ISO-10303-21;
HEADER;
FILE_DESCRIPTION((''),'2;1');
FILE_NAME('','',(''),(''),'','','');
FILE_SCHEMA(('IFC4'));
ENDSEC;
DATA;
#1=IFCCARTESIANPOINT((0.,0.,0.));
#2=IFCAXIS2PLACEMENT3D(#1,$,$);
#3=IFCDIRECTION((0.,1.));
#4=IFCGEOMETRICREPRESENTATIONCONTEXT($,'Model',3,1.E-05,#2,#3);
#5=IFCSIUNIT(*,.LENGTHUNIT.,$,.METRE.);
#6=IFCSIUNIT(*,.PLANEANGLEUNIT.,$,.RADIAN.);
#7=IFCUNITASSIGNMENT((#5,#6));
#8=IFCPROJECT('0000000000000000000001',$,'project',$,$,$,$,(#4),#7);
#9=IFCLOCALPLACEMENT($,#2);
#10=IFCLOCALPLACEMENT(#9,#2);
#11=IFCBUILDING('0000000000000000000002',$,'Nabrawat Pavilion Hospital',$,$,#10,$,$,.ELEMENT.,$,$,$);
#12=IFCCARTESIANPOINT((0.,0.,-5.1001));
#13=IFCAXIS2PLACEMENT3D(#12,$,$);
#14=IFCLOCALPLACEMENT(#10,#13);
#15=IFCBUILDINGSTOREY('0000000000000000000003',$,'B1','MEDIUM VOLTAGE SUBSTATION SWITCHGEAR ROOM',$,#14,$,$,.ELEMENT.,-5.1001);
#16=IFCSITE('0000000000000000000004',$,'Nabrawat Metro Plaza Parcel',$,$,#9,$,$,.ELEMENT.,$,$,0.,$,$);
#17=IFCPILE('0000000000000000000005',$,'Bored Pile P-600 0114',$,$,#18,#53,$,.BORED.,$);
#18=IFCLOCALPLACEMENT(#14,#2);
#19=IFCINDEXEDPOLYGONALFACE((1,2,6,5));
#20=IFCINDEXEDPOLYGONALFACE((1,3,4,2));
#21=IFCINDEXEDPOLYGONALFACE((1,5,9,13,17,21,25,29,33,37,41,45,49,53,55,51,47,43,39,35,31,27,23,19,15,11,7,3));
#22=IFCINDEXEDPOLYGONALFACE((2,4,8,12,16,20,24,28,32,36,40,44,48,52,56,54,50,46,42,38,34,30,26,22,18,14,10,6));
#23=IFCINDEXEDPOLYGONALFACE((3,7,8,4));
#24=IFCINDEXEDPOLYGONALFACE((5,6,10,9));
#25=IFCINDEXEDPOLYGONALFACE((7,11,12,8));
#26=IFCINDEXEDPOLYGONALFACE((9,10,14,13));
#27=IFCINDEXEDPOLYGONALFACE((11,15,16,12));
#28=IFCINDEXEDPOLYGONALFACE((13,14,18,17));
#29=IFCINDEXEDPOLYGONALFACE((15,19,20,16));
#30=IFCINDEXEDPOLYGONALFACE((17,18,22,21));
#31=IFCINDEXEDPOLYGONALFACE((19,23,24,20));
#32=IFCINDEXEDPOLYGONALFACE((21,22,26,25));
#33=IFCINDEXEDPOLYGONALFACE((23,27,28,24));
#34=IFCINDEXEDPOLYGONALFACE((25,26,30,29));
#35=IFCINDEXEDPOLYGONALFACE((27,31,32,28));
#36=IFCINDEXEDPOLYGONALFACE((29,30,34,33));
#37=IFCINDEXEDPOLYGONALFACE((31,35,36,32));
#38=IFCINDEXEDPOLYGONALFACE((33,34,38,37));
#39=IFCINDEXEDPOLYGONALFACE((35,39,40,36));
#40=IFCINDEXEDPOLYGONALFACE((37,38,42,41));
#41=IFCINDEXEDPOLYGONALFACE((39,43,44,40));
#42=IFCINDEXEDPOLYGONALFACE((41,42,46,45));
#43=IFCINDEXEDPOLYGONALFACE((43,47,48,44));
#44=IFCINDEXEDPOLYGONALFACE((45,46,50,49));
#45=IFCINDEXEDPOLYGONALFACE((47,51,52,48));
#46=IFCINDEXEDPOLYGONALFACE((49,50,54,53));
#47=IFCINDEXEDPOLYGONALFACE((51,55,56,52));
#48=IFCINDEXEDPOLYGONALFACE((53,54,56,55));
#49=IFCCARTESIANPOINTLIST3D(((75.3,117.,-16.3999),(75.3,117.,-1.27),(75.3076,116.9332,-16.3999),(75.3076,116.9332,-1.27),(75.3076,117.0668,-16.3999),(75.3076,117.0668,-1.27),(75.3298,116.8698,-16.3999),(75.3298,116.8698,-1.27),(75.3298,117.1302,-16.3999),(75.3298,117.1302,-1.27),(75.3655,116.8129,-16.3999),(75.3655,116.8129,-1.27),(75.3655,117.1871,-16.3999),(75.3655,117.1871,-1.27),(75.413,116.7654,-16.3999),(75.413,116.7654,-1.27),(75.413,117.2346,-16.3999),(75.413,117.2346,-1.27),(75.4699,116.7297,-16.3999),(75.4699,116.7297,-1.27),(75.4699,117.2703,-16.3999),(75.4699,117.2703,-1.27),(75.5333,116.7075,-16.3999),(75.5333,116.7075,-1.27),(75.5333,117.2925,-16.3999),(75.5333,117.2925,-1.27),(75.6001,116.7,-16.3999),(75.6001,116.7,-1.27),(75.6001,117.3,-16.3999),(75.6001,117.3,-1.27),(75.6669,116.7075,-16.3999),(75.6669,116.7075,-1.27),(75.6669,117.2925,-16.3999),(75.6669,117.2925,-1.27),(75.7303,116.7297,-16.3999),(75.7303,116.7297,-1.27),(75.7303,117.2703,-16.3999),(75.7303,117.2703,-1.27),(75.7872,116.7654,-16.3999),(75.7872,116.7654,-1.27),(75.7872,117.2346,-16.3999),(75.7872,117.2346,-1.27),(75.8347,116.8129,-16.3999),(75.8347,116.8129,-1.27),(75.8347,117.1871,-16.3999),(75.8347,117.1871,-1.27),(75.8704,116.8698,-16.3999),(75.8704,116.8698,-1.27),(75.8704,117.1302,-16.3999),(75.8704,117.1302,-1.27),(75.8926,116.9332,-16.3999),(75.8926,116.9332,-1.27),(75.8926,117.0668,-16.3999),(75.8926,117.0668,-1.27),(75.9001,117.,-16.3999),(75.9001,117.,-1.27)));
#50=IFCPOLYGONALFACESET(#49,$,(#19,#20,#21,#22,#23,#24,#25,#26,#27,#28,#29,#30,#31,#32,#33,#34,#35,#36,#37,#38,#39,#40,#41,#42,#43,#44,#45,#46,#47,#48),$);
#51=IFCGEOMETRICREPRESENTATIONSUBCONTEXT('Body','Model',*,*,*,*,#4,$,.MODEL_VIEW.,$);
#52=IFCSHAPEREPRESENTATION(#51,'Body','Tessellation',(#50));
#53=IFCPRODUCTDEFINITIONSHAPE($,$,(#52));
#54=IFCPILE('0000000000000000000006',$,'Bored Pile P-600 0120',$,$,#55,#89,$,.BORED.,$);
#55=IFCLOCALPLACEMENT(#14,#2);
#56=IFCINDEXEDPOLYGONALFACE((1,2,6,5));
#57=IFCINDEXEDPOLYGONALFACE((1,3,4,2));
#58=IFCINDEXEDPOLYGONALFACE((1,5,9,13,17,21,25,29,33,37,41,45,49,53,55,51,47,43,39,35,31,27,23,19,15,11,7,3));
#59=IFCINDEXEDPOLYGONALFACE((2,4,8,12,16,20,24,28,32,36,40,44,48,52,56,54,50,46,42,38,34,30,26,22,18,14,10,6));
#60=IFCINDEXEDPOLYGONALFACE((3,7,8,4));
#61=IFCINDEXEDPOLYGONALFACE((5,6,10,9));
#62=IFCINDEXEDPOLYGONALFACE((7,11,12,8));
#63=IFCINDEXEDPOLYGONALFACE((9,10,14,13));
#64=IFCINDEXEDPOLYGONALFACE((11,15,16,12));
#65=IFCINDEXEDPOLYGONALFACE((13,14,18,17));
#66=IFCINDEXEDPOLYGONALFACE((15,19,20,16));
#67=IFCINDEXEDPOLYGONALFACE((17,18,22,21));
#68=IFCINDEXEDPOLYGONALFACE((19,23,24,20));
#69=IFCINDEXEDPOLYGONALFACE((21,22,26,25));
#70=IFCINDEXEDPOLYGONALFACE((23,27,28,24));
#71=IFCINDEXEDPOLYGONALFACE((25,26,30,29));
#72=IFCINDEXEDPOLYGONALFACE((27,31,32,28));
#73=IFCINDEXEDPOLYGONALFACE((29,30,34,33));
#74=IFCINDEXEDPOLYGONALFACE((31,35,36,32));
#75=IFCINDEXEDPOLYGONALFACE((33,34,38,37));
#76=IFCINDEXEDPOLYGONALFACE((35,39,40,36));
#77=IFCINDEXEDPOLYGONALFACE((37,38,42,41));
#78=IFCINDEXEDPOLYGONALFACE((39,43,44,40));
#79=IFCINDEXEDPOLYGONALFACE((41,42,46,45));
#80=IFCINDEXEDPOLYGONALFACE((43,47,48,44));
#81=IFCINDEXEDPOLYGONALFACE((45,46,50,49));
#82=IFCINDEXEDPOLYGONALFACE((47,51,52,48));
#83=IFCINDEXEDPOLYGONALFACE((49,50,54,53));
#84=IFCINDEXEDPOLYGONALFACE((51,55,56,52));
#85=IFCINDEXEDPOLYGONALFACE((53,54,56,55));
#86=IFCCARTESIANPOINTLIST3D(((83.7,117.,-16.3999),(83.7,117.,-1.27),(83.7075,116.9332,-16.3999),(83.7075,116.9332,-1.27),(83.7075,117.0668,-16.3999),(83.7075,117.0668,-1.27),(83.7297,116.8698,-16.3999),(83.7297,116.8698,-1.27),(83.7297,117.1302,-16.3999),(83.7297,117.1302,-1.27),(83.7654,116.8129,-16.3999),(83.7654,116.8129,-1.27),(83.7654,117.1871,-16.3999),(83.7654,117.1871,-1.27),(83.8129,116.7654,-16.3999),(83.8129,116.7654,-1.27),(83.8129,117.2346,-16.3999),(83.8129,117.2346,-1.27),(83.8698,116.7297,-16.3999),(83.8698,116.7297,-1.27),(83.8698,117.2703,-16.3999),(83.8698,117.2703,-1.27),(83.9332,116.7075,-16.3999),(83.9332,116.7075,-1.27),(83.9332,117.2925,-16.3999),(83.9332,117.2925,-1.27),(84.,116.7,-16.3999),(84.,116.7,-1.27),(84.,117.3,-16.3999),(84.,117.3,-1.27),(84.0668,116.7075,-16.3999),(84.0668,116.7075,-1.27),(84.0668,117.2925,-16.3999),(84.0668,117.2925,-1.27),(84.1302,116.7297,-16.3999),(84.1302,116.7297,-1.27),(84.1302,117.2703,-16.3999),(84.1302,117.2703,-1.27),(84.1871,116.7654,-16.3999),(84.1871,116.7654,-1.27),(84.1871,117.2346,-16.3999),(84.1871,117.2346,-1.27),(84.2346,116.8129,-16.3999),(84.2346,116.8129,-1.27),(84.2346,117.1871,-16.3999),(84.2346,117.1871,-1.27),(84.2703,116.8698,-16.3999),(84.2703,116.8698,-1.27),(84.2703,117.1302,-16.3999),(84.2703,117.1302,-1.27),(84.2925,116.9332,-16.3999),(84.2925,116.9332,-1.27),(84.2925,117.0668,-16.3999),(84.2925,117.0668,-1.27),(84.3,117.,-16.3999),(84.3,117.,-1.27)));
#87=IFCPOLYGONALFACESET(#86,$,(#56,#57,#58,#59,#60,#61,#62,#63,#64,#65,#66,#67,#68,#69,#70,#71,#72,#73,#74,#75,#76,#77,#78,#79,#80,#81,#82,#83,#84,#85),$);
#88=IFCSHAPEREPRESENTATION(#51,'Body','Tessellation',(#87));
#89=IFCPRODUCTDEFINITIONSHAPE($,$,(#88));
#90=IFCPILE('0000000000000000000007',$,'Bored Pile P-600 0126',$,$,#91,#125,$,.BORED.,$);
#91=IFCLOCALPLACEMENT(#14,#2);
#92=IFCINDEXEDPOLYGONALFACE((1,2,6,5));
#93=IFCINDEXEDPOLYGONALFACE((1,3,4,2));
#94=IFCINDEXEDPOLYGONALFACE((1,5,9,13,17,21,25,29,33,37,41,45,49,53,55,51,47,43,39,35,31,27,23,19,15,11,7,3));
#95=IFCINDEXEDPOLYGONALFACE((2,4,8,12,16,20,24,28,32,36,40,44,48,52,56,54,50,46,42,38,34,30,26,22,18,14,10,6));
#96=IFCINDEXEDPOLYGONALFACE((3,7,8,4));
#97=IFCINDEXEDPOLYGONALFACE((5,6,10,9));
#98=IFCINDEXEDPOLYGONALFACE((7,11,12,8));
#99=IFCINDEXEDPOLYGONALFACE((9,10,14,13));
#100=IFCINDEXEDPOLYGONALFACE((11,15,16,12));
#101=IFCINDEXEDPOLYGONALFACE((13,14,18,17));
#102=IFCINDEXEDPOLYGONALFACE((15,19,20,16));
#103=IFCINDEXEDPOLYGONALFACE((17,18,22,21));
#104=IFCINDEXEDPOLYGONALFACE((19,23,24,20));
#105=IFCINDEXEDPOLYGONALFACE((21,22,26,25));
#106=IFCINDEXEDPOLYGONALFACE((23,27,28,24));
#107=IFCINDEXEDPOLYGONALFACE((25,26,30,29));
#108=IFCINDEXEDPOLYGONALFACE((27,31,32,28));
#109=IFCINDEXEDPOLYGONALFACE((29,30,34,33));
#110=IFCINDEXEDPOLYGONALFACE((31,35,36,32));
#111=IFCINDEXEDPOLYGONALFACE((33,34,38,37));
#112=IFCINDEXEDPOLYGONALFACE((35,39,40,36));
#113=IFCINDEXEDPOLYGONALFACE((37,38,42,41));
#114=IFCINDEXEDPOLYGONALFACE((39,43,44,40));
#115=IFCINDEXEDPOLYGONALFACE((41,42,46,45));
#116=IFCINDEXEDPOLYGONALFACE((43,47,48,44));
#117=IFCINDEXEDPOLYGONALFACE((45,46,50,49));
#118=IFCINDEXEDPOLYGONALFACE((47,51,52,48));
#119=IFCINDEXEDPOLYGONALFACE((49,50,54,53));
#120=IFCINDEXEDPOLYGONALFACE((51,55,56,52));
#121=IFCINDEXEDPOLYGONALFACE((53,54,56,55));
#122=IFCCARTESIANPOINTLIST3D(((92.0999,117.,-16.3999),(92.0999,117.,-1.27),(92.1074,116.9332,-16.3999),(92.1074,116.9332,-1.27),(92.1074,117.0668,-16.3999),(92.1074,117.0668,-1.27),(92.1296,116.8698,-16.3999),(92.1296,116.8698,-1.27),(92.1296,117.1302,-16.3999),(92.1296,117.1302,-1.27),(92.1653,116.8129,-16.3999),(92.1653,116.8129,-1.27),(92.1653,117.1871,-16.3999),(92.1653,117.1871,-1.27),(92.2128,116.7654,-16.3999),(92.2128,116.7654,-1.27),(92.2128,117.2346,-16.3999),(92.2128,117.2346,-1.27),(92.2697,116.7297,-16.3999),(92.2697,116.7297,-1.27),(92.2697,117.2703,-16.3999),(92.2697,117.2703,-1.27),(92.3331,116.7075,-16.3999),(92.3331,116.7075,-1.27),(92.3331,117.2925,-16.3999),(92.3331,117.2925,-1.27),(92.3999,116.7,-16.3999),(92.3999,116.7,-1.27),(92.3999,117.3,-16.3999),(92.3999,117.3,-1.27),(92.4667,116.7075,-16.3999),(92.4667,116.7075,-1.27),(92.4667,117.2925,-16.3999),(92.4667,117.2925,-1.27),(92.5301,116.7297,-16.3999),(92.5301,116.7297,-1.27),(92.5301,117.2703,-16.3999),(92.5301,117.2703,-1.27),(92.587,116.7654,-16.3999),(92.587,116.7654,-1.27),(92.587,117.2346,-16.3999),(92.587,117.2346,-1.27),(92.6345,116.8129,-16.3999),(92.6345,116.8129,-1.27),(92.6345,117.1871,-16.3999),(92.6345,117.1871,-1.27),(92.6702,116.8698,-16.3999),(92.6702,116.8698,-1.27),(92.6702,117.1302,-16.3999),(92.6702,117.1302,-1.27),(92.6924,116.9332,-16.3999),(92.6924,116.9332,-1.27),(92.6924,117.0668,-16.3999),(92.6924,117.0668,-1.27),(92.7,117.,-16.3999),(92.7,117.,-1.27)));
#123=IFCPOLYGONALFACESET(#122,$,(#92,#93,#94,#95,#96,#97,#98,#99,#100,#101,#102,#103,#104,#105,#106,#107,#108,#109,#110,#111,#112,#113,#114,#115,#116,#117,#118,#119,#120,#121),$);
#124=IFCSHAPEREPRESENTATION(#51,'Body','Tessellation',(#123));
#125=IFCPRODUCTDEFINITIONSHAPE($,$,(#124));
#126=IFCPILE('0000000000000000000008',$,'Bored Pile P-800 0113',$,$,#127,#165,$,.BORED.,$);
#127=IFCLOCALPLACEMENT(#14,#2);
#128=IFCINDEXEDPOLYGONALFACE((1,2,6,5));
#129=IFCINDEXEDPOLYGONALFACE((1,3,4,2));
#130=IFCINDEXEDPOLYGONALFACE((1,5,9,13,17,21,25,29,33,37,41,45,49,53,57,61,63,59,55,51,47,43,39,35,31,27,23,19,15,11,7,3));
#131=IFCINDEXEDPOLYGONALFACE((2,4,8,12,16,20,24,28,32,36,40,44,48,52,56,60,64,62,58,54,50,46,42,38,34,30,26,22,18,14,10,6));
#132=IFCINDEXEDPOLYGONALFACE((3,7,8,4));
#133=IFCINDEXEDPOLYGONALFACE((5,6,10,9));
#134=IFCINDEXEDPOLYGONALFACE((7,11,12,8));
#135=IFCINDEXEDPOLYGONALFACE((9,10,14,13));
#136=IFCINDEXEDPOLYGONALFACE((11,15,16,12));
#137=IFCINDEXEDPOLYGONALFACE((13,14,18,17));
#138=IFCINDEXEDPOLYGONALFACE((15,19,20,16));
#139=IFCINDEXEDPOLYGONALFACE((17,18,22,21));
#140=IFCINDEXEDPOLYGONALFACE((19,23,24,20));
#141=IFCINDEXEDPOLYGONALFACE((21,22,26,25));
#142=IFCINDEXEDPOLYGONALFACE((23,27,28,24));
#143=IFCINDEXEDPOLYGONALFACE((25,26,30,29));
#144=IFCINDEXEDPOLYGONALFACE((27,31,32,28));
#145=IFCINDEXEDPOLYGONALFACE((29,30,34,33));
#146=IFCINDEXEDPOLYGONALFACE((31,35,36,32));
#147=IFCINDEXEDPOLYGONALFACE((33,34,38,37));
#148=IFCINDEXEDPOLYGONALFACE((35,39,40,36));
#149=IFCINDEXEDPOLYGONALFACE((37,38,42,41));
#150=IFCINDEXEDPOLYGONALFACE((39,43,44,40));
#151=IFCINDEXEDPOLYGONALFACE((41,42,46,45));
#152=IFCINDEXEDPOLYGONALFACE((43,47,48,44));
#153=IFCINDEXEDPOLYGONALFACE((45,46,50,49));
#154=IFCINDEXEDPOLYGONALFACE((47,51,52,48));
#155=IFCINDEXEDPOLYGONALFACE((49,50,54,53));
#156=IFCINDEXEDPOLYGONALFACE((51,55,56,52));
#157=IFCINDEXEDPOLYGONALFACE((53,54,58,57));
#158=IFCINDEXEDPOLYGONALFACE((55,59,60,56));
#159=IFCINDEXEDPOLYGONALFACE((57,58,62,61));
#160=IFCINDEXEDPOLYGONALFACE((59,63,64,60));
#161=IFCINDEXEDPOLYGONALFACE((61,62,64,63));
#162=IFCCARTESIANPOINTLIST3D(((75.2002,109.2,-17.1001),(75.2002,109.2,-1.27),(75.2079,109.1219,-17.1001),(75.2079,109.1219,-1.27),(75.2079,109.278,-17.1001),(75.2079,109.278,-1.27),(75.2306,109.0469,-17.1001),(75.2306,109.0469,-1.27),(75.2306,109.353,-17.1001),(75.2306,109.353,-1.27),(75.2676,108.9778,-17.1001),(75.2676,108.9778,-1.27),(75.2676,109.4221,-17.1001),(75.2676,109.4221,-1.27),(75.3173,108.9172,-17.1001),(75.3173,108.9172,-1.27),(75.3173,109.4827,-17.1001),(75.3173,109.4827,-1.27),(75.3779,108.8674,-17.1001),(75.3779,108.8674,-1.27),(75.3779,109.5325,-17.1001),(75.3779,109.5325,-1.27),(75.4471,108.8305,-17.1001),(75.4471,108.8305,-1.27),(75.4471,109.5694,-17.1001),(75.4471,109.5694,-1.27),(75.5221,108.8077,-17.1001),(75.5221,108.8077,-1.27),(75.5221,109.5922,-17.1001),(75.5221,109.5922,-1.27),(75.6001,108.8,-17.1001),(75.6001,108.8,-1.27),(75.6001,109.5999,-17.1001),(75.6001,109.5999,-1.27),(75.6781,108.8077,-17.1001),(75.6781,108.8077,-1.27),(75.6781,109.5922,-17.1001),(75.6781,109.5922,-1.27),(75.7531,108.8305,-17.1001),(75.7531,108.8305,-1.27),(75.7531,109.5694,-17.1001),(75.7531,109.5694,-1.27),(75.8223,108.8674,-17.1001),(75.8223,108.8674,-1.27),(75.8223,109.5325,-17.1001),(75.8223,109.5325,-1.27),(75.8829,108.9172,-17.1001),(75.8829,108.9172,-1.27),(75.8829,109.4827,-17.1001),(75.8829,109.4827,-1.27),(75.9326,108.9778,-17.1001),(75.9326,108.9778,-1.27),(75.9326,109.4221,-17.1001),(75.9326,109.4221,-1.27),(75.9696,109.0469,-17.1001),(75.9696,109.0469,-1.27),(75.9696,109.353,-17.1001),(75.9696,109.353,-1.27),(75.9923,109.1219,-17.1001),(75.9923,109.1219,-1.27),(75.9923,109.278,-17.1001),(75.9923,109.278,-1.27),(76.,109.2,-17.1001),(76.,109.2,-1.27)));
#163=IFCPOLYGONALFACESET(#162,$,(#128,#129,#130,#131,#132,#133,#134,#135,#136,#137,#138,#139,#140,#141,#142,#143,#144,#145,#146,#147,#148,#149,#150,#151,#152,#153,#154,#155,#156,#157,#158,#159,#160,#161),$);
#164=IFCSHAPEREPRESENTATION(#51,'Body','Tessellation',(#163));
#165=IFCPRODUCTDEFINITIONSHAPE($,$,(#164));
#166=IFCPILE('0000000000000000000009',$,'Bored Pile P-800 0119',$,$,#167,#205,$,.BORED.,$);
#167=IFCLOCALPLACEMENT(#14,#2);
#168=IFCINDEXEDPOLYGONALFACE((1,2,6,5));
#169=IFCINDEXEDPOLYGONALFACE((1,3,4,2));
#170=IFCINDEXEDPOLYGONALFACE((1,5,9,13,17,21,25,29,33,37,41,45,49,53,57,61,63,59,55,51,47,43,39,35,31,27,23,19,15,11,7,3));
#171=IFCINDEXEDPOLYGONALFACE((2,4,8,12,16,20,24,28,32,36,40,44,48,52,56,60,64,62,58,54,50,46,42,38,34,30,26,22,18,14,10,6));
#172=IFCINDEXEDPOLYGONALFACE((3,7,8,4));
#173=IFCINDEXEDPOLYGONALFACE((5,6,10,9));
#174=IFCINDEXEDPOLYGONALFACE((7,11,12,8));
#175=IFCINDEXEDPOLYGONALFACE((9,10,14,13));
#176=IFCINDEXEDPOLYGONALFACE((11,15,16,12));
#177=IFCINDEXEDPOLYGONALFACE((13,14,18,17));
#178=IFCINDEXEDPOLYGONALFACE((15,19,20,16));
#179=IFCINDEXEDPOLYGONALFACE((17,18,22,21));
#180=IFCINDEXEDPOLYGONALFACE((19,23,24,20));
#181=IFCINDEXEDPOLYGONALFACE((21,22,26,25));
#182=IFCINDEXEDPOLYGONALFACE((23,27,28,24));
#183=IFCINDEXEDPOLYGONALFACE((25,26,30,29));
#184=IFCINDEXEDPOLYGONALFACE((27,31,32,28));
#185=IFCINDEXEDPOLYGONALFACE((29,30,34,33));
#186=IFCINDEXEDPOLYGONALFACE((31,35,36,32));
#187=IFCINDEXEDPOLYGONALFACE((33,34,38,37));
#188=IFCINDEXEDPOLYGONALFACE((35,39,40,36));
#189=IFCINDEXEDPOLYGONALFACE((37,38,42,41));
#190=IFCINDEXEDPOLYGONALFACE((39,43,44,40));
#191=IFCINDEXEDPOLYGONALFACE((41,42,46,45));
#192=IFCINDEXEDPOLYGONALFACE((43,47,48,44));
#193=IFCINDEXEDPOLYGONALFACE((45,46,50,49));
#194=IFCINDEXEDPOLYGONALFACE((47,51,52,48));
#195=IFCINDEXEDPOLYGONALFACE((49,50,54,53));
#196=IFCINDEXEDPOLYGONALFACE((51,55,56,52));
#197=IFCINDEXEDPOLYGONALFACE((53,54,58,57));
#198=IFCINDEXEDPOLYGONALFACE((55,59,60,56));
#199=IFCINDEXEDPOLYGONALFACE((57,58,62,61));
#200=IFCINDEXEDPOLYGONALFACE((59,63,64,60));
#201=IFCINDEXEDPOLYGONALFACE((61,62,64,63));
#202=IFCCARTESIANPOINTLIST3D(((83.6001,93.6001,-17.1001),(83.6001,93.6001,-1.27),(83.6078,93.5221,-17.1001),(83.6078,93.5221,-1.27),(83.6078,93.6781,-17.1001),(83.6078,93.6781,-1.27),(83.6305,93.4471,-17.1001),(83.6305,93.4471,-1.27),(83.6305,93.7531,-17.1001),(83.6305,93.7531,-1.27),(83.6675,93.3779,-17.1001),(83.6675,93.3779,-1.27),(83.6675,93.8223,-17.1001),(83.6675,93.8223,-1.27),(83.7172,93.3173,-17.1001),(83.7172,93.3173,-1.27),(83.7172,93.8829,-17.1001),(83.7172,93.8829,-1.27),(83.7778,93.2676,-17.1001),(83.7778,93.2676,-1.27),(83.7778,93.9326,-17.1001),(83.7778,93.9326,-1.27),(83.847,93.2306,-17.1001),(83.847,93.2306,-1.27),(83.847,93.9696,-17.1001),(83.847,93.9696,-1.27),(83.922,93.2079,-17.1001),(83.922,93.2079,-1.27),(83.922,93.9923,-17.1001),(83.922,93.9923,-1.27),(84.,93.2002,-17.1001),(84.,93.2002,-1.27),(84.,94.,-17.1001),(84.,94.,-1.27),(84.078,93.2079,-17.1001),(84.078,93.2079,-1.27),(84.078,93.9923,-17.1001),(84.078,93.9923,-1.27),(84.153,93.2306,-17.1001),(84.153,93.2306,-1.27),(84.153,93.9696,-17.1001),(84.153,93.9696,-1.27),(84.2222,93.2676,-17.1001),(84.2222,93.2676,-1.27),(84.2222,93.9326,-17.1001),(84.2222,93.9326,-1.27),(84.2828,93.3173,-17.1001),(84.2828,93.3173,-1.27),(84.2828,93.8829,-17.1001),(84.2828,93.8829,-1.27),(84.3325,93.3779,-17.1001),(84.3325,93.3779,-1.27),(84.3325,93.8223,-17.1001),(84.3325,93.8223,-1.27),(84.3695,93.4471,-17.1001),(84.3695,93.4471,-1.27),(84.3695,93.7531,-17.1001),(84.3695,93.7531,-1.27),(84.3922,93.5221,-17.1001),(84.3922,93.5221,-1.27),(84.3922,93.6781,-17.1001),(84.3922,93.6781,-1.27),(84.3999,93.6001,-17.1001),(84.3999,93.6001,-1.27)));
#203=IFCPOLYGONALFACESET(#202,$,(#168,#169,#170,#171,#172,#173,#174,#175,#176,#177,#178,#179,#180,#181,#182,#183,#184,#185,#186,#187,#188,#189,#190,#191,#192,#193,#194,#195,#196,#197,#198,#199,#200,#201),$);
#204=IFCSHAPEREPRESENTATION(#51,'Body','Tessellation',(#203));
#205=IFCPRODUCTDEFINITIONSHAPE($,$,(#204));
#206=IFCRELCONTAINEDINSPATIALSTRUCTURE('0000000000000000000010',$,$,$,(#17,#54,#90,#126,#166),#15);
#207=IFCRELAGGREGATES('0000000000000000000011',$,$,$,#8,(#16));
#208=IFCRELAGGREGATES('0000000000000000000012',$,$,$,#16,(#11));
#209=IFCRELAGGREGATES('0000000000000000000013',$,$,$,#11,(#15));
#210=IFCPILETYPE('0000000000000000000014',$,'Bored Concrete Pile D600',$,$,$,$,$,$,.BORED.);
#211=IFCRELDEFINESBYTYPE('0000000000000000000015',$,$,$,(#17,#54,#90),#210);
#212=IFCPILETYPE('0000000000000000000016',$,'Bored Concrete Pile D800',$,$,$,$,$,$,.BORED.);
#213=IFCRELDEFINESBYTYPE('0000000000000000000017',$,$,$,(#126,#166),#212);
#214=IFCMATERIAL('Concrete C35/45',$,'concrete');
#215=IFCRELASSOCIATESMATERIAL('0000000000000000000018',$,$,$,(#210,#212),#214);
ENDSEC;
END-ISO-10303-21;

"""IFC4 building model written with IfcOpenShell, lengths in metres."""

from ifc_helpers import new_model, si_unit, direction, frame, origin, origin_2d, place, context, subcontext, project, spatial, circle, extrude, material, material_profile, profile_set, type_object, element, save


model = new_model("IFC4")

# Units and contexts
model_context = context("Model", 3, precision=1e-05, world=origin(), true_north=direction((0.0, 1.0)))
body_context = subcontext(model_context, "Body", "Model", "MODEL_VIEW")
ifc_project = project(units=[si_unit("LENGTHUNIT", "METRE"), si_unit("PLANEANGLEUNIT", "RADIAN")], contexts=[model_context])

# Site, building, storey
site_placement = place(None, origin())
site = spatial("IfcSite", under=ifc_project, at=site_placement, Name="Nabrawat Metro Plaza Parcel", CompositionType="ELEMENT", RefElevation=0.0)
building_placement = place(site_placement, origin())
building = spatial("IfcBuilding", under=site, at=building_placement, Name="Nabrawat Pavilion Hospital", CompositionType="ELEMENT")
storey_placement = place(building_placement, frame((0.0, 0.0, -5.1001)))
storey = spatial("IfcBuildingStorey", under=building, at=storey_placement, Name="B1", Description="MEDIUM VOLTAGE SUBSTATION SWITCHGEAR ROOM", CompositionType="ELEMENT", Elevation=-5.1001)

# Piles
ifc_material_1 = material(Name="Concrete C35/45", Category="concrete")
ifc_material_profile_1 = material_profile(ifc_material_1, circle(Radius=0.3, at=origin_2d()), Name="DIA 600")
ifc_profile_set_1 = profile_set([ifc_material_profile_1], Name="Concrete C35/45")
pile_type_1 = type_object("IfcPileType", Name="Bored Concrete Pile D600", PredefinedType="BORED", material=ifc_profile_set_1)
for number, where, z_axis, x_axis, name in (
    (1, (75.6001, 117.0, -1.27), (0.0, 0.0, -1.0), (1.0, 0.0, 0.0), "Bored Pile P-600 0114"),
    (2, (84.0, 117.0, -1.27), (0.0, 0.0, -1.0), (1.0, 0.0, 0.0), "Bored Pile P-600 0120"),
    (3, (92.3999, 117.0, -1.27), (0.0, 0.0, -1.0), (1.0, 0.0, 0.0), "Bored Pile P-600 0126"),
):
    element("IfcPile", number, at=place(storey_placement, frame(where, z_axis=z_axis, x_axis=x_axis)), inside=storey, type_object=pile_type_1, Name=name, PredefinedType="BORED", context=body_context, shape_type="SweptSolid", body=[
        extrude(circle(Radius=0.3, at=origin_2d()), origin(), (0.0, 0.0, 1.0), 15.1299),
    ])
ifc_material_profile_2 = material_profile(ifc_material_1, circle(Radius=0.3999, at=origin_2d()), Name="DIA 800")
ifc_profile_set_2 = profile_set([ifc_material_profile_2], Name="Concrete C35/45")
pile_type_2 = type_object("IfcPileType", Name="Bored Concrete Pile D800", PredefinedType="BORED", material=ifc_profile_set_2)
for number, where, z_axis, x_axis, name in (
    (4, (75.6001, 109.2, -1.27), (0.0, 0.0, -1.0), (1.0, 0.0, 0.0), "Bored Pile P-800 0113"),
    (5, (84.0, 93.6001, -1.27), (0.0, 0.0, -1.0), (1.0, 0.0, 0.0), "Bored Pile P-800 0119"),
):
    element("IfcPile", number, at=place(storey_placement, frame(where, z_axis=z_axis, x_axis=x_axis)), inside=storey, type_object=pile_type_2, Name=name, PredefinedType="BORED", context=body_context, shape_type="SweptSolid", body=[
        extrude(circle(Radius=0.3999, at=origin_2d()), origin(), (0.0, 0.0, 1.0), 15.8301),
    ])

save(model, "model.ifc")
